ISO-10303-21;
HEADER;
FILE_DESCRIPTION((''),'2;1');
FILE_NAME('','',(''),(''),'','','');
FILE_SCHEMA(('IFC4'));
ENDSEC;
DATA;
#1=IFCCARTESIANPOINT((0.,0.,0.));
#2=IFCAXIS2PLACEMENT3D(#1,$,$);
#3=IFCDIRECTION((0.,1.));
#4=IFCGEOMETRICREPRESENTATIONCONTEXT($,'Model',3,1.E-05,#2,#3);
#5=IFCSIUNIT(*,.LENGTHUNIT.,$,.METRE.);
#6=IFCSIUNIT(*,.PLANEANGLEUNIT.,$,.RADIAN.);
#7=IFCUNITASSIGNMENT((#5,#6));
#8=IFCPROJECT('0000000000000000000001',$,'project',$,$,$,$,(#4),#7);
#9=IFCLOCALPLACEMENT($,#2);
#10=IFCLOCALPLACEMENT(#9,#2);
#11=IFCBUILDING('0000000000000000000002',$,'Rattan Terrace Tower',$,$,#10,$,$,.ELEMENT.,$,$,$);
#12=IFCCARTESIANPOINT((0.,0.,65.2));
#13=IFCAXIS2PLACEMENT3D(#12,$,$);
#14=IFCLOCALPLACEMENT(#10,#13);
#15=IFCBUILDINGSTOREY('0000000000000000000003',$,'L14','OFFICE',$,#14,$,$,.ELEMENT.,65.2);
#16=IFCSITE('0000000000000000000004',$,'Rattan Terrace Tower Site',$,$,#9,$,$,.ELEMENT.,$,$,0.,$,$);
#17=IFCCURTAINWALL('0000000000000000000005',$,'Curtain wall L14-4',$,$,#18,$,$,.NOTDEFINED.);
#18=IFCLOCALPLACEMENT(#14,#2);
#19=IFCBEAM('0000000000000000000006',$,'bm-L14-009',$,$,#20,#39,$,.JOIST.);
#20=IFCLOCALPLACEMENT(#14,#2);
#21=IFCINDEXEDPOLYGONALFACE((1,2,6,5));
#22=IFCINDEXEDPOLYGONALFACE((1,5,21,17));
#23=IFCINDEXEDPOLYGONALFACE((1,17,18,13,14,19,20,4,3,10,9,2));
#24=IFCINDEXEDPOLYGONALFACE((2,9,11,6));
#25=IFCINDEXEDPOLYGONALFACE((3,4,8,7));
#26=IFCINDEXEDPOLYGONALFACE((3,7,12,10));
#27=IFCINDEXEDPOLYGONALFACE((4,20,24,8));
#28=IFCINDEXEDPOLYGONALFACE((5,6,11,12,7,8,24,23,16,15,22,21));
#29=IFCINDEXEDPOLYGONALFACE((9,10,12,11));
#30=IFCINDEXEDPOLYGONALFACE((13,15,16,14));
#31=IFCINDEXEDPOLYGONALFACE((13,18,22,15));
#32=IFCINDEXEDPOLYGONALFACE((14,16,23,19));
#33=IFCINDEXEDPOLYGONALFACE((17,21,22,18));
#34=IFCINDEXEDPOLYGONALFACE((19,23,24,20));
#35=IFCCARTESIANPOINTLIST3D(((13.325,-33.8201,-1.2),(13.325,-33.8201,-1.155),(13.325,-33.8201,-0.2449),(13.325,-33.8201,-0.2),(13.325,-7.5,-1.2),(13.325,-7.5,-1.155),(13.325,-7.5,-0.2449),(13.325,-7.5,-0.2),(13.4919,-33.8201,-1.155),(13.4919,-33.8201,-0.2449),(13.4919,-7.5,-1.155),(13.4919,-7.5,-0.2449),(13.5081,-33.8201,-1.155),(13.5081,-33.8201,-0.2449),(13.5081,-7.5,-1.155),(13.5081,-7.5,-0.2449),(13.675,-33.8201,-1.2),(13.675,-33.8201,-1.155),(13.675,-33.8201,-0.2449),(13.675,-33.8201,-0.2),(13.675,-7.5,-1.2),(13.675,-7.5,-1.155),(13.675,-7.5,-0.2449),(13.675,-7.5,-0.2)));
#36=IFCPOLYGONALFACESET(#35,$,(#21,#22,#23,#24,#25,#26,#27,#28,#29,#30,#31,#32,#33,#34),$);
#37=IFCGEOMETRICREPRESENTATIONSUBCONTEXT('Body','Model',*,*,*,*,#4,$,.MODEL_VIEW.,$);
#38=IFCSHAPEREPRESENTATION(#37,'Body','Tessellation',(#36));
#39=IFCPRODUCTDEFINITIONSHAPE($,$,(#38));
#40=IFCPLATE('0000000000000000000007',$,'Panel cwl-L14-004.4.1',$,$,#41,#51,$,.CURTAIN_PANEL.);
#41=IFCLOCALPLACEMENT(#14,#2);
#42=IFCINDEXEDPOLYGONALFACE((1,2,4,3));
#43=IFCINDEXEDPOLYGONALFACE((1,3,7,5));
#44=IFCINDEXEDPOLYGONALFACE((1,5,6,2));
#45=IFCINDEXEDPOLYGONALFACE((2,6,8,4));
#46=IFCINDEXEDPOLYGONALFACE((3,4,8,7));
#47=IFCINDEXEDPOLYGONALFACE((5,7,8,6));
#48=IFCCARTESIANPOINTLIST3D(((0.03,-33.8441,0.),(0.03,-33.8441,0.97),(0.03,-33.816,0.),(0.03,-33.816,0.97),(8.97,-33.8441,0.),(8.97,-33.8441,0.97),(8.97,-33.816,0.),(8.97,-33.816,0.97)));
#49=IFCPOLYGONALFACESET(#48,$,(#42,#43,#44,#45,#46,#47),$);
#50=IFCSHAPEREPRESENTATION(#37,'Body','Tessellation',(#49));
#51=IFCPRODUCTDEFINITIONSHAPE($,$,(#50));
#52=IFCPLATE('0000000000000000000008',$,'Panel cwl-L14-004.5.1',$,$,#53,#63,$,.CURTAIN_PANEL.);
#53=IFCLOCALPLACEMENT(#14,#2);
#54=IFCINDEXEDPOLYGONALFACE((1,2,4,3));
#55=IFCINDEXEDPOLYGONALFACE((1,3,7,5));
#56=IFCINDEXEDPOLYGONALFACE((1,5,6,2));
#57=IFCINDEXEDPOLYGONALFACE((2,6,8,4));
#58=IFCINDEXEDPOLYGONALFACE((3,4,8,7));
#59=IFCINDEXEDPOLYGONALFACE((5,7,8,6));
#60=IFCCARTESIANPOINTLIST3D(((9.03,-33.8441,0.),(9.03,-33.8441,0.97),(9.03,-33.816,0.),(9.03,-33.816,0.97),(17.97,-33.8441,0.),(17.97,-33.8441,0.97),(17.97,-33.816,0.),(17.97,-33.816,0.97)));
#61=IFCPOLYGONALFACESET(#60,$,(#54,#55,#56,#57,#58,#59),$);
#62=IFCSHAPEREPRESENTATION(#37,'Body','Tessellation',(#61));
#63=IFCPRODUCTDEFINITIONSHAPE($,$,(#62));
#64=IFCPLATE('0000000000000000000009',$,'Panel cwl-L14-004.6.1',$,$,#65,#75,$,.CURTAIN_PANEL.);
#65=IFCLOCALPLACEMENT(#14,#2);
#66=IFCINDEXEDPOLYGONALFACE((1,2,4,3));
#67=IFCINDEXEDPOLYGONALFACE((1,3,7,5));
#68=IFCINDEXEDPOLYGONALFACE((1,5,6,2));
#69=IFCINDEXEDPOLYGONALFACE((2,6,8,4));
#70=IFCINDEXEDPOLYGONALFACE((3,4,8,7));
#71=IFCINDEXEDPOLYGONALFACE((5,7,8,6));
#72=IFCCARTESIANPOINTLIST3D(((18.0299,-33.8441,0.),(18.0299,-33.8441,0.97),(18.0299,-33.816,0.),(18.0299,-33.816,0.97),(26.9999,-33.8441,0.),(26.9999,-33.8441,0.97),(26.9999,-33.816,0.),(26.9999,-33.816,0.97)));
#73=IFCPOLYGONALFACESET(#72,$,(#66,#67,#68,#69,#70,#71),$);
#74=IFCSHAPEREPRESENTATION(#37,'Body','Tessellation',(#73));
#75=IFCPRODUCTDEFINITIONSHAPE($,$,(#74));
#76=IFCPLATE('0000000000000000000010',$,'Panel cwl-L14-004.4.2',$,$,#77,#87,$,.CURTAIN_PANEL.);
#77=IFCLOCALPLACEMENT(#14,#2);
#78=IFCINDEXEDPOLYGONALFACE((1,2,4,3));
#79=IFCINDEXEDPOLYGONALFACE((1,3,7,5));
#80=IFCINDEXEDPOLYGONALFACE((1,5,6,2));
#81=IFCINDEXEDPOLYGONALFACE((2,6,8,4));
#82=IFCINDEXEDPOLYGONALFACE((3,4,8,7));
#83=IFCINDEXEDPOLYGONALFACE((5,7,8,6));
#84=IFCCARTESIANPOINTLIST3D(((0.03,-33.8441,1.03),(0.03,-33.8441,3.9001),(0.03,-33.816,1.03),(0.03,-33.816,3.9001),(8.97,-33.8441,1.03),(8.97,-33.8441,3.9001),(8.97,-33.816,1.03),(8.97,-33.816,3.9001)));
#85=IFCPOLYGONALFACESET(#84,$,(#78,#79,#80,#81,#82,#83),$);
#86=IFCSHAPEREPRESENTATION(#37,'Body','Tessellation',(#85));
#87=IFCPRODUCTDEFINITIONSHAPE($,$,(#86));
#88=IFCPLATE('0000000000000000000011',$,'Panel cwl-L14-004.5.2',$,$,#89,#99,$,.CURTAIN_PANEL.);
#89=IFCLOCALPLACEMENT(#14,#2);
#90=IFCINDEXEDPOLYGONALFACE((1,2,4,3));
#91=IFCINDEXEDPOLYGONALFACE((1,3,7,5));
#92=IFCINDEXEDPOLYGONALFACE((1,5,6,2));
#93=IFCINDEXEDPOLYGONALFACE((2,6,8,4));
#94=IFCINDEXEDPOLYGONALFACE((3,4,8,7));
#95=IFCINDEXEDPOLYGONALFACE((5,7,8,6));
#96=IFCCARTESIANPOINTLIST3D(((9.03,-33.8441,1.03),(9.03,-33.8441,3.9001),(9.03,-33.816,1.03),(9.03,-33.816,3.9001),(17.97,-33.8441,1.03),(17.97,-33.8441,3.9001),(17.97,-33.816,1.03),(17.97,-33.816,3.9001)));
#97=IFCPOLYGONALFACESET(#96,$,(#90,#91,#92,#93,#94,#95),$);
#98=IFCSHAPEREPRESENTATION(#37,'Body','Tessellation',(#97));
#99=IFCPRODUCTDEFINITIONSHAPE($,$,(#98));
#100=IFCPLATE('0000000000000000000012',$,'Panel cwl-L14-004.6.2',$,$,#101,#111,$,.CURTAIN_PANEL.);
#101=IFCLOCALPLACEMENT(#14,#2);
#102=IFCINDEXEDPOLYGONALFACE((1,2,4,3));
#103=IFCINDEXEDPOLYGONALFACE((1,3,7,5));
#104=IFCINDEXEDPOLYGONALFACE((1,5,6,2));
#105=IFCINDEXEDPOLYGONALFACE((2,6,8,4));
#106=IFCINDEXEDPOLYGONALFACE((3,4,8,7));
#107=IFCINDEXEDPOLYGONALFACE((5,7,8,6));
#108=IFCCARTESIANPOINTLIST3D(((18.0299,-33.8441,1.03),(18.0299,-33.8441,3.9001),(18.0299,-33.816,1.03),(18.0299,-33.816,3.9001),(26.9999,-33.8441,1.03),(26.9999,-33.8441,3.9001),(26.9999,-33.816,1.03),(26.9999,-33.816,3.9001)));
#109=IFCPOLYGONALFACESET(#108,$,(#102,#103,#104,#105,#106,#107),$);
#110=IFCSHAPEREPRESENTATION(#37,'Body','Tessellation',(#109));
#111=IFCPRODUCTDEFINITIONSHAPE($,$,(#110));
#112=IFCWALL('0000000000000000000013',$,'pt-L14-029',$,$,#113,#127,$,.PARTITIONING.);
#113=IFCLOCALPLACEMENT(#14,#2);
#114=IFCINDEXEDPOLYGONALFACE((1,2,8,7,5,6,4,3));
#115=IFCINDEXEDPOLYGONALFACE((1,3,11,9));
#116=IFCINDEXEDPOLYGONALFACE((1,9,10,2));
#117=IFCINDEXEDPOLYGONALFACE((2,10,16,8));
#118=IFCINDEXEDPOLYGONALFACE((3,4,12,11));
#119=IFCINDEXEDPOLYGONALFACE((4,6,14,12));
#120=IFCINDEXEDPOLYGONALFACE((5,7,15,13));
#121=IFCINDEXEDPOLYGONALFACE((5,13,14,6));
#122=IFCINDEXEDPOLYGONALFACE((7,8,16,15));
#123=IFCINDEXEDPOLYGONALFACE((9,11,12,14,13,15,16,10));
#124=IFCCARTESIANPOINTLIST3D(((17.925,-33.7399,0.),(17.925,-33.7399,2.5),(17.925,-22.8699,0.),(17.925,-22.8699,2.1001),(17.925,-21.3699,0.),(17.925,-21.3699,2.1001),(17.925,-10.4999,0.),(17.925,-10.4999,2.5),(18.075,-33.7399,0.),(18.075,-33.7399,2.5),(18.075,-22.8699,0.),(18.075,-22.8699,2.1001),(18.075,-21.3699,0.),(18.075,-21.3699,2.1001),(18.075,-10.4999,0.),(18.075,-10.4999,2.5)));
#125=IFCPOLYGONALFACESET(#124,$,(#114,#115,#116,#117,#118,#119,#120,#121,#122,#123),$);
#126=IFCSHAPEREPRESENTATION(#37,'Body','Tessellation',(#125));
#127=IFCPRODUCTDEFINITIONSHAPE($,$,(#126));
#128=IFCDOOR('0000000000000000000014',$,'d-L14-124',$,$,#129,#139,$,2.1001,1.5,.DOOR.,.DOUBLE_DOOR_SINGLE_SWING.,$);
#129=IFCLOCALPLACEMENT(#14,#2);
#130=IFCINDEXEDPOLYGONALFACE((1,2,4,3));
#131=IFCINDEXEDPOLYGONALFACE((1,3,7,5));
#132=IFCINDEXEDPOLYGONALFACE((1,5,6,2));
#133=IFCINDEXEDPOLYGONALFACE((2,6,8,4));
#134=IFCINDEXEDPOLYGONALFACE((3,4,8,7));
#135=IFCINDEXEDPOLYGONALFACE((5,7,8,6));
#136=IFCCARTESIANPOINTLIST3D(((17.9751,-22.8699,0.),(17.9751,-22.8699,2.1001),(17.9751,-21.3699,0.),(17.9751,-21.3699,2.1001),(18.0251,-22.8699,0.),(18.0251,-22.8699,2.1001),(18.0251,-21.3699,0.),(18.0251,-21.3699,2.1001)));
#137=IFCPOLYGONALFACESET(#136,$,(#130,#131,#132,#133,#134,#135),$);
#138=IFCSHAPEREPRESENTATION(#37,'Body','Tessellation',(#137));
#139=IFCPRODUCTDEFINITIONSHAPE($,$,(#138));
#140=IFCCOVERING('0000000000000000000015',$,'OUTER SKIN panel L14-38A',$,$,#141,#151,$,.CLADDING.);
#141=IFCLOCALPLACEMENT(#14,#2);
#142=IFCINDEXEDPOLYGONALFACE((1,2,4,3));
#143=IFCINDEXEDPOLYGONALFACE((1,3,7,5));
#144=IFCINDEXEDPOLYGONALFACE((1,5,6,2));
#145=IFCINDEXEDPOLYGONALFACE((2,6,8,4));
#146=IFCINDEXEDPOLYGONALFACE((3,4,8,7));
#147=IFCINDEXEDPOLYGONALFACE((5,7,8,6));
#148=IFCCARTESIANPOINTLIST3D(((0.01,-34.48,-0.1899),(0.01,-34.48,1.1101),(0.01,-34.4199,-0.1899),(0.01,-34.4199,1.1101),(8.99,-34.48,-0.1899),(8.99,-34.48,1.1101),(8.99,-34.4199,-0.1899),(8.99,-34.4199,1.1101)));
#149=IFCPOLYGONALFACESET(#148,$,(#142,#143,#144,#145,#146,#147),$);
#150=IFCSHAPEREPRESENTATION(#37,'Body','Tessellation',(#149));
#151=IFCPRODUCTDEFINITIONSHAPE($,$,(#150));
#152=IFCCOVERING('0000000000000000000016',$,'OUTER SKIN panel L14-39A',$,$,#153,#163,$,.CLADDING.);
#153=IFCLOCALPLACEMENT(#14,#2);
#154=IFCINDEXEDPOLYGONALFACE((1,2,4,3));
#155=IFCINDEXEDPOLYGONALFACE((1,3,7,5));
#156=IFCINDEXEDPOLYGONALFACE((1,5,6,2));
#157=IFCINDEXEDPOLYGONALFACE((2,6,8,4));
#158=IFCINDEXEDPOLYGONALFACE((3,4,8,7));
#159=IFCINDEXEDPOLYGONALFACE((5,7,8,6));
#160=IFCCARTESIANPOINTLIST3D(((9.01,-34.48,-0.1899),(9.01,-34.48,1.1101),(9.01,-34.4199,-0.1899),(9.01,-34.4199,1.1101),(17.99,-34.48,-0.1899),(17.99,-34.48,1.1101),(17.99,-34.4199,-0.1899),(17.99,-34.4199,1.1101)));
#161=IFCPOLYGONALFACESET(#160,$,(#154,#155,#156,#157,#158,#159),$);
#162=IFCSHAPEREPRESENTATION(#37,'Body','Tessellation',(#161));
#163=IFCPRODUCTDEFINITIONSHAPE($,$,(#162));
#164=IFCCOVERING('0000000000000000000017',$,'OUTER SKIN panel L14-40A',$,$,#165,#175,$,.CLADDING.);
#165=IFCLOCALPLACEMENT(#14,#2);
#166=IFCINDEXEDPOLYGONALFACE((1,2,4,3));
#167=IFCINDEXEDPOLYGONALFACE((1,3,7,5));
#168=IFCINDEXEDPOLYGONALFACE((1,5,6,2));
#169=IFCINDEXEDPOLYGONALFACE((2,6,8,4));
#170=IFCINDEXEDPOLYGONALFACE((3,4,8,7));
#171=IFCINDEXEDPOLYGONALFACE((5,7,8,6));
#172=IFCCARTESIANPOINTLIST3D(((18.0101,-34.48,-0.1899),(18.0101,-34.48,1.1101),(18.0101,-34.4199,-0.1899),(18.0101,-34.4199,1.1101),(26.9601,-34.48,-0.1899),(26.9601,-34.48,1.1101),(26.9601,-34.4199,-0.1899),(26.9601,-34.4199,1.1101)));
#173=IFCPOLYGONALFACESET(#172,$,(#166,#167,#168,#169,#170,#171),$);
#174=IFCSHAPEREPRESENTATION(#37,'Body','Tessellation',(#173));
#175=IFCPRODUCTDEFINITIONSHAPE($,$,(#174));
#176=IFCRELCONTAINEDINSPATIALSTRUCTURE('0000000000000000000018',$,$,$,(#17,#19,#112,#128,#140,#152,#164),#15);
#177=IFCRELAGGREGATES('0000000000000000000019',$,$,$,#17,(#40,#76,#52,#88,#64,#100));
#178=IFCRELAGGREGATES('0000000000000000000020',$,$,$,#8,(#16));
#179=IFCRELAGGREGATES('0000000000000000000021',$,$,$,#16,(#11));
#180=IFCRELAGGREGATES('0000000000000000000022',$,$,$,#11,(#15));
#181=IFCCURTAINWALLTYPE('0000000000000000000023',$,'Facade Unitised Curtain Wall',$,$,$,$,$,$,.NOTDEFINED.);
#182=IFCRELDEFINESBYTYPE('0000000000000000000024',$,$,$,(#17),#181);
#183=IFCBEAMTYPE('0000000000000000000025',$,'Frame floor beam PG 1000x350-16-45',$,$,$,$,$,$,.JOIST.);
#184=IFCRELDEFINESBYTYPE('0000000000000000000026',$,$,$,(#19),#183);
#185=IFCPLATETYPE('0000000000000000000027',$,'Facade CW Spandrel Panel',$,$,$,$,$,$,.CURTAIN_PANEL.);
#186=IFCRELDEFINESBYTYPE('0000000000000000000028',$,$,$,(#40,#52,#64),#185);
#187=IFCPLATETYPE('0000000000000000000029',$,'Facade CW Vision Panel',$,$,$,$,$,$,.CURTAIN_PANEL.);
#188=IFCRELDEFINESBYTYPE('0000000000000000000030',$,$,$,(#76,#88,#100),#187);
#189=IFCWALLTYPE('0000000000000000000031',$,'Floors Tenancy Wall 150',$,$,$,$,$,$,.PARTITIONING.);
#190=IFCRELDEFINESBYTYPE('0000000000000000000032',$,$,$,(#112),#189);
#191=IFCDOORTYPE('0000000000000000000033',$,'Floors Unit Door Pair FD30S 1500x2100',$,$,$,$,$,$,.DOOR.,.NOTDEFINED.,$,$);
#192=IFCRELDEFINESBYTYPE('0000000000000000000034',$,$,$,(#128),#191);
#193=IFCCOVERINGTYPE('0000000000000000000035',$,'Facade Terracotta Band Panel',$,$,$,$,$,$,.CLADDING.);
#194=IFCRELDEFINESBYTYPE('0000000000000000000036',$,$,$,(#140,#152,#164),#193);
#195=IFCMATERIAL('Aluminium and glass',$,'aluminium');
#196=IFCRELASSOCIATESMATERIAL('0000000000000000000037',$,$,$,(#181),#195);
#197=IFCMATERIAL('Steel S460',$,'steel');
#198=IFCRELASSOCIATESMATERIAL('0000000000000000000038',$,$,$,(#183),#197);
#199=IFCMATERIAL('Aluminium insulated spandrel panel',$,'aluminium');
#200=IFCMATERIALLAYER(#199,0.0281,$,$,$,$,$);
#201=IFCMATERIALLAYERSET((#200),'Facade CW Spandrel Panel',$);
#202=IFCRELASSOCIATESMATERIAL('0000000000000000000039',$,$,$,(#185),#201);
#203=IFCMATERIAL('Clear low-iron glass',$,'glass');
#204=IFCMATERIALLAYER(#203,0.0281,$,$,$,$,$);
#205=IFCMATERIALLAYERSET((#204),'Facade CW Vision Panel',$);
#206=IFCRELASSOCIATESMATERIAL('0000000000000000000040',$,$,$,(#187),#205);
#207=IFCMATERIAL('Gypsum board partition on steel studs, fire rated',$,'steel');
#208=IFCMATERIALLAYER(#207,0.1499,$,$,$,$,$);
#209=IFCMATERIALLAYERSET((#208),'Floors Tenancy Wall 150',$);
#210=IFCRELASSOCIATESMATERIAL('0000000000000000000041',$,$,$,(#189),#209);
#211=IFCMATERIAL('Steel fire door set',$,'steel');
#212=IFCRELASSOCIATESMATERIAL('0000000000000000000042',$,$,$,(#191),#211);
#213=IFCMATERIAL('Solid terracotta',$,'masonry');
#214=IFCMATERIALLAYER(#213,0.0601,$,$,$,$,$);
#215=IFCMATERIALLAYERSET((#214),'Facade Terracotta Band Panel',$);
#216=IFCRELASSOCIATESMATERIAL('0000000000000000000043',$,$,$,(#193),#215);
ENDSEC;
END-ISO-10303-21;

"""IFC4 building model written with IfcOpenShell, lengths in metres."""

from ifc_helpers import new_model, si_unit, direction, frame, frame_2d, origin, origin_2d, place, context, subcontext, project, spatial, rectangle, i_section, extrude, material, layer, layer_set, material_profile, profile_set, type_object, element, fill, aggregate, save


model = new_model("IFC4")

# Units and contexts
model_context = context("Model", 3, precision=1e-05, world=origin(), true_north=direction((0.0, 1.0)))
body_context = subcontext(model_context, "Body", "Model", "MODEL_VIEW")
ifc_project = project(units=[si_unit("LENGTHUNIT", "METRE"), si_unit("PLANEANGLEUNIT", "RADIAN")], contexts=[model_context])

# Site, building, storey
site_placement = place(None, origin())
site = spatial("IfcSite", under=ifc_project, at=site_placement, Name="Rattan Terrace Tower Site", CompositionType="ELEMENT", RefElevation=0.0)
building_placement = place(site_placement, origin())
building = spatial("IfcBuilding", under=site, at=building_placement, Name="Rattan Terrace Tower", CompositionType="ELEMENT")
storey_placement = place(building_placement, frame((0.0, 0.0, 65.2)))
storey = spatial("IfcBuildingStorey", under=building, at=storey_placement, Name="L14", Description="OFFICE", CompositionType="ELEMENT", Elevation=65.2)

# Curtain wall
ifc_material_1 = material(Name="Aluminium and glass", Category="aluminium")
curtain_wall_type = type_object("IfcCurtainWallType", Name="Facade Unitised Curtain Wall", PredefinedType="NOTDEFINED", material=ifc_material_1)
curtain_wall_placement = place(storey_placement, origin())
curtain_wall = element("IfcCurtainWall", 1, at=curtain_wall_placement, inside=storey, type_object=curtain_wall_type, Name="Curtain wall L14-4", PredefinedType="NOTDEFINED")

# Beam
ifc_material_2 = material(Name="Steel S460", Category="steel")
ifc_material_profile_1 = material_profile(ifc_material_2, i_section(OverallWidth=0.3501, OverallDepth=1.0, WebThickness=0.0161, FlangeThickness=0.0449, at=origin_2d()), Name="PG 1000x350-16-45")
ifc_profile_set_1 = profile_set([ifc_material_profile_1], Name="Steel S460")
beam_type_1 = type_object("IfcBeamType", Name="Frame floor beam PG 1000x350-16-45", PredefinedType="JOIST", material=ifc_profile_set_1)
for number, where, z_axis, x_axis, name in (
    (2, (13.5, -33.8201, -0.7), (0.0, 1.0, 0.0), (-1.0, 0.0, 0.0), "bm-L14-009"),
):
    element("IfcBeam", number, at=place(storey_placement, frame(where, z_axis=z_axis, x_axis=x_axis)), inside=storey, type_object=beam_type_1, Name=name, PredefinedType="JOIST", context=body_context, shape_type="SweptSolid", body=[
        extrude(i_section(OverallWidth=0.3501, OverallDepth=1.0, WebThickness=0.0161, FlangeThickness=0.0449, at=origin_2d()), origin(), (0.0, 0.0, 1.0), 26.3201),
    ])

# Plates
ifc_material_3 = material(Name="Aluminium insulated spandrel panel", Category="aluminium")
ifc_layer_1 = layer(ifc_material_3, 0.0281)
ifc_layer_set_1 = layer_set([ifc_layer_1], Name="Facade CW Spandrel Panel")
plate_type_1 = type_object("IfcPlateType", Name="Facade CW Spandrel Panel", PredefinedType="CURTAIN_PANEL", material=ifc_layer_set_1)
plate_1_placement = place(storey_placement, frame((4.5, -33.8301, 0.0), z_axis=(0.0, 0.0, 1.0), x_axis=(1.0, 0.0, 0.0)))
plate_1 = element("IfcPlate", 3, at=plate_1_placement, type_object=plate_type_1, Name="Panel cwl-L14-004.4.1", PredefinedType="CURTAIN_PANEL", context=body_context, shape_type="SweptSolid", body=[
    extrude(rectangle(XDim=8.9399, YDim=0.0281, at=origin_2d()), origin(), (0.0, 0.0, 1.0), 0.97),
])
plate_2_placement = place(storey_placement, frame((13.5, -33.8301, 0.0), z_axis=(0.0, 0.0, 1.0), x_axis=(1.0, 0.0, 0.0)))
plate_2 = element("IfcPlate", 4, at=plate_2_placement, type_object=plate_type_1, Name="Panel cwl-L14-004.5.1", PredefinedType="CURTAIN_PANEL", context=body_context, shape_type="SweptSolid", body=[
    extrude(rectangle(XDim=8.9399, YDim=0.0281, at=origin_2d()), origin(), (0.0, 0.0, 1.0), 0.97),
])
plate_3_placement = place(storey_placement, frame((22.5149, -33.8301, 0.0), z_axis=(0.0, 0.0, 1.0), x_axis=(1.0, 0.0, 0.0)))
plate_3 = element("IfcPlate", 5, at=plate_3_placement, type_object=plate_type_1, Name="Panel cwl-L14-004.6.1", PredefinedType="CURTAIN_PANEL", context=body_context, shape_type="SweptSolid", body=[
    extrude(rectangle(XDim=8.97, YDim=0.0281, at=origin_2d()), origin(), (0.0, 0.0, 1.0), 0.97),
])
ifc_material_4 = material(Name="Clear low-iron glass", Category="glass")
ifc_layer_2 = layer(ifc_material_4, 0.0281)
ifc_layer_set_2 = layer_set([ifc_layer_2], Name="Facade CW Vision Panel")
plate_type_2 = type_object("IfcPlateType", Name="Facade CW Vision Panel", PredefinedType="CURTAIN_PANEL", material=ifc_layer_set_2)
plate_4_placement = place(storey_placement, frame((4.5, -33.8301, 1.03), z_axis=(0.0, 0.0, 1.0), x_axis=(1.0, 0.0, 0.0)))
plate_4 = element("IfcPlate", 6, at=plate_4_placement, type_object=plate_type_2, Name="Panel cwl-L14-004.4.2", PredefinedType="CURTAIN_PANEL", context=body_context, shape_type="SweptSolid", body=[
    extrude(rectangle(XDim=8.9399, YDim=0.0281, at=origin_2d()), origin(), (0.0, 0.0, 1.0), 2.8701),
])
plate_5_placement = place(storey_placement, frame((13.5, -33.8301, 1.03), z_axis=(0.0, 0.0, 1.0), x_axis=(1.0, 0.0, 0.0)))
plate_5 = element("IfcPlate", 7, at=plate_5_placement, type_object=plate_type_2, Name="Panel cwl-L14-004.5.2", PredefinedType="CURTAIN_PANEL", context=body_context, shape_type="SweptSolid", body=[
    extrude(rectangle(XDim=8.9399, YDim=0.0281, at=origin_2d()), origin(), (0.0, 0.0, 1.0), 2.8701),
])
plate_6_placement = place(storey_placement, frame((22.5149, -33.8301, 1.03), z_axis=(0.0, 0.0, 1.0), x_axis=(1.0, 0.0, 0.0)))
plate_6 = element("IfcPlate", 8, at=plate_6_placement, type_object=plate_type_2, Name="Panel cwl-L14-004.6.2", PredefinedType="CURTAIN_PANEL", context=body_context, shape_type="SweptSolid", body=[
    extrude(rectangle(XDim=8.97, YDim=0.0281, at=origin_2d()), origin(), (0.0, 0.0, 1.0), 2.8701),
])
aggregate(curtain_wall, [plate_1, plate_4, plate_2, plate_5, plate_3, plate_6])

# Wall, opening, door
ifc_material_5 = material(Name="Gypsum board partition on steel studs, fire rated", Category="steel")
ifc_layer_3 = layer(ifc_material_5, 0.1499)
ifc_layer_set_3 = layer_set([ifc_layer_3], Name="Floors Tenancy Wall 150")
wall_type = type_object("IfcWallType", Name="Floors Tenancy Wall 150", PredefinedType="PARTITIONING", material=ifc_layer_set_3)
wall_placement = place(storey_placement, frame((18.0, -33.74, 0.0), z_axis=(0.0, 0.0, 1.0), x_axis=(0.0, 1.0, 0.0)))
wall = element("IfcWall", 9, at=wall_placement, inside=storey, type_object=wall_type, Name="pt-L14-029", PredefinedType="PARTITIONING", context=body_context, shape_type="SweptSolid", body=[
    extrude(rectangle(XDim=23.24, YDim=0.1499, at=frame_2d((11.6201, 0.0))), origin(), (0.0, 0.0, 1.0), 2.5),
])
opening_placement = place(wall_placement, frame((10.8701, 0.0, 0.0)))
opening = element("IfcOpeningElement", 10, at=opening_placement, cuts=wall, PredefinedType="OPENING", context=body_context, shape_type="SweptSolid", body=[
    extrude(rectangle(XDim=1.5, YDim=2.1001, at=frame_2d((0.75, 1.05))), frame((0.0, 0.0854, 0.0), z_axis=(0.0, -1.0, 0.0), x_axis=(1.0, 0.0, 0.0)), (0.0, 0.0, 1.0), 0.1709),
])
ifc_material_6 = material(Name="Steel fire door set", Category="steel")
door_type = type_object("IfcDoorType", Name="Floors Unit Door Pair FD30S 1500x2100", OperationType="NOTDEFINED", PredefinedType="DOOR", material=ifc_material_6)
door_placement = place(opening_placement, origin())
door = element("IfcDoor", 11, at=door_placement, inside=storey, type_object=door_type, Name="d-L14-124", OperationType="DOUBLE_DOOR_SINGLE_SWING", OverallHeight=2.1001, OverallWidth=1.5, PredefinedType="DOOR", context=body_context, shape_type="SweptSolid", body=[
    extrude(rectangle(XDim=1.5, YDim=2.1001, at=frame_2d((0.75, 1.05))), frame((0.0, 0.0249, 0.0), z_axis=(0.0, -1.0, 0.0), x_axis=(1.0, 0.0, 0.0)), (0.0, 0.0, 1.0), 0.05),
])
fill(opening, door)

# Coverings
ifc_material_7 = material(Name="Solid terracotta", Category="masonry")
ifc_layer_4 = layer(ifc_material_7, 0.0601)
ifc_layer_set_4 = layer_set([ifc_layer_4], Name="Facade Terracotta Band Panel")
covering_type_1 = type_object("IfcCoveringType", Name="Facade Terracotta Band Panel", PredefinedType="CLADDING", material=ifc_layer_set_4)
for number, where, z_axis, x_axis, name in (
    (12, (4.5, -34.45, -0.1899), (0.0, 0.0, 1.0), (1.0, 0.0, 0.0), "OUTER SKIN panel L14-38A"),
    (13, (13.5, -34.45, -0.1899), (0.0, 0.0, 1.0), (1.0, 0.0, 0.0), "OUTER SKIN panel L14-39A"),
):
    element("IfcCovering", number, at=place(storey_placement, frame(where, z_axis=z_axis, x_axis=x_axis)), inside=storey, type_object=covering_type_1, Name=name, PredefinedType="CLADDING", context=body_context, shape_type="SweptSolid", body=[
        extrude(rectangle(XDim=8.98, YDim=0.0601, at=origin_2d()), origin(), (0.0, 0.0, 1.0), 1.3),
    ])
covering_1_placement = place(storey_placement, frame((22.4851, -34.45, -0.1899), z_axis=(0.0, 0.0, 1.0), x_axis=(1.0, 0.0, 0.0)))
element("IfcCovering", 14, at=covering_1_placement, inside=storey, type_object=covering_type_1, Name="OUTER SKIN panel L14-40A", PredefinedType="CLADDING", context=body_context, shape_type="SweptSolid", body=[
    extrude(rectangle(XDim=8.95, YDim=0.0601, at=origin_2d()), origin(), (0.0, 0.0, 1.0), 1.3),
])

save(model, "model.ifc")
